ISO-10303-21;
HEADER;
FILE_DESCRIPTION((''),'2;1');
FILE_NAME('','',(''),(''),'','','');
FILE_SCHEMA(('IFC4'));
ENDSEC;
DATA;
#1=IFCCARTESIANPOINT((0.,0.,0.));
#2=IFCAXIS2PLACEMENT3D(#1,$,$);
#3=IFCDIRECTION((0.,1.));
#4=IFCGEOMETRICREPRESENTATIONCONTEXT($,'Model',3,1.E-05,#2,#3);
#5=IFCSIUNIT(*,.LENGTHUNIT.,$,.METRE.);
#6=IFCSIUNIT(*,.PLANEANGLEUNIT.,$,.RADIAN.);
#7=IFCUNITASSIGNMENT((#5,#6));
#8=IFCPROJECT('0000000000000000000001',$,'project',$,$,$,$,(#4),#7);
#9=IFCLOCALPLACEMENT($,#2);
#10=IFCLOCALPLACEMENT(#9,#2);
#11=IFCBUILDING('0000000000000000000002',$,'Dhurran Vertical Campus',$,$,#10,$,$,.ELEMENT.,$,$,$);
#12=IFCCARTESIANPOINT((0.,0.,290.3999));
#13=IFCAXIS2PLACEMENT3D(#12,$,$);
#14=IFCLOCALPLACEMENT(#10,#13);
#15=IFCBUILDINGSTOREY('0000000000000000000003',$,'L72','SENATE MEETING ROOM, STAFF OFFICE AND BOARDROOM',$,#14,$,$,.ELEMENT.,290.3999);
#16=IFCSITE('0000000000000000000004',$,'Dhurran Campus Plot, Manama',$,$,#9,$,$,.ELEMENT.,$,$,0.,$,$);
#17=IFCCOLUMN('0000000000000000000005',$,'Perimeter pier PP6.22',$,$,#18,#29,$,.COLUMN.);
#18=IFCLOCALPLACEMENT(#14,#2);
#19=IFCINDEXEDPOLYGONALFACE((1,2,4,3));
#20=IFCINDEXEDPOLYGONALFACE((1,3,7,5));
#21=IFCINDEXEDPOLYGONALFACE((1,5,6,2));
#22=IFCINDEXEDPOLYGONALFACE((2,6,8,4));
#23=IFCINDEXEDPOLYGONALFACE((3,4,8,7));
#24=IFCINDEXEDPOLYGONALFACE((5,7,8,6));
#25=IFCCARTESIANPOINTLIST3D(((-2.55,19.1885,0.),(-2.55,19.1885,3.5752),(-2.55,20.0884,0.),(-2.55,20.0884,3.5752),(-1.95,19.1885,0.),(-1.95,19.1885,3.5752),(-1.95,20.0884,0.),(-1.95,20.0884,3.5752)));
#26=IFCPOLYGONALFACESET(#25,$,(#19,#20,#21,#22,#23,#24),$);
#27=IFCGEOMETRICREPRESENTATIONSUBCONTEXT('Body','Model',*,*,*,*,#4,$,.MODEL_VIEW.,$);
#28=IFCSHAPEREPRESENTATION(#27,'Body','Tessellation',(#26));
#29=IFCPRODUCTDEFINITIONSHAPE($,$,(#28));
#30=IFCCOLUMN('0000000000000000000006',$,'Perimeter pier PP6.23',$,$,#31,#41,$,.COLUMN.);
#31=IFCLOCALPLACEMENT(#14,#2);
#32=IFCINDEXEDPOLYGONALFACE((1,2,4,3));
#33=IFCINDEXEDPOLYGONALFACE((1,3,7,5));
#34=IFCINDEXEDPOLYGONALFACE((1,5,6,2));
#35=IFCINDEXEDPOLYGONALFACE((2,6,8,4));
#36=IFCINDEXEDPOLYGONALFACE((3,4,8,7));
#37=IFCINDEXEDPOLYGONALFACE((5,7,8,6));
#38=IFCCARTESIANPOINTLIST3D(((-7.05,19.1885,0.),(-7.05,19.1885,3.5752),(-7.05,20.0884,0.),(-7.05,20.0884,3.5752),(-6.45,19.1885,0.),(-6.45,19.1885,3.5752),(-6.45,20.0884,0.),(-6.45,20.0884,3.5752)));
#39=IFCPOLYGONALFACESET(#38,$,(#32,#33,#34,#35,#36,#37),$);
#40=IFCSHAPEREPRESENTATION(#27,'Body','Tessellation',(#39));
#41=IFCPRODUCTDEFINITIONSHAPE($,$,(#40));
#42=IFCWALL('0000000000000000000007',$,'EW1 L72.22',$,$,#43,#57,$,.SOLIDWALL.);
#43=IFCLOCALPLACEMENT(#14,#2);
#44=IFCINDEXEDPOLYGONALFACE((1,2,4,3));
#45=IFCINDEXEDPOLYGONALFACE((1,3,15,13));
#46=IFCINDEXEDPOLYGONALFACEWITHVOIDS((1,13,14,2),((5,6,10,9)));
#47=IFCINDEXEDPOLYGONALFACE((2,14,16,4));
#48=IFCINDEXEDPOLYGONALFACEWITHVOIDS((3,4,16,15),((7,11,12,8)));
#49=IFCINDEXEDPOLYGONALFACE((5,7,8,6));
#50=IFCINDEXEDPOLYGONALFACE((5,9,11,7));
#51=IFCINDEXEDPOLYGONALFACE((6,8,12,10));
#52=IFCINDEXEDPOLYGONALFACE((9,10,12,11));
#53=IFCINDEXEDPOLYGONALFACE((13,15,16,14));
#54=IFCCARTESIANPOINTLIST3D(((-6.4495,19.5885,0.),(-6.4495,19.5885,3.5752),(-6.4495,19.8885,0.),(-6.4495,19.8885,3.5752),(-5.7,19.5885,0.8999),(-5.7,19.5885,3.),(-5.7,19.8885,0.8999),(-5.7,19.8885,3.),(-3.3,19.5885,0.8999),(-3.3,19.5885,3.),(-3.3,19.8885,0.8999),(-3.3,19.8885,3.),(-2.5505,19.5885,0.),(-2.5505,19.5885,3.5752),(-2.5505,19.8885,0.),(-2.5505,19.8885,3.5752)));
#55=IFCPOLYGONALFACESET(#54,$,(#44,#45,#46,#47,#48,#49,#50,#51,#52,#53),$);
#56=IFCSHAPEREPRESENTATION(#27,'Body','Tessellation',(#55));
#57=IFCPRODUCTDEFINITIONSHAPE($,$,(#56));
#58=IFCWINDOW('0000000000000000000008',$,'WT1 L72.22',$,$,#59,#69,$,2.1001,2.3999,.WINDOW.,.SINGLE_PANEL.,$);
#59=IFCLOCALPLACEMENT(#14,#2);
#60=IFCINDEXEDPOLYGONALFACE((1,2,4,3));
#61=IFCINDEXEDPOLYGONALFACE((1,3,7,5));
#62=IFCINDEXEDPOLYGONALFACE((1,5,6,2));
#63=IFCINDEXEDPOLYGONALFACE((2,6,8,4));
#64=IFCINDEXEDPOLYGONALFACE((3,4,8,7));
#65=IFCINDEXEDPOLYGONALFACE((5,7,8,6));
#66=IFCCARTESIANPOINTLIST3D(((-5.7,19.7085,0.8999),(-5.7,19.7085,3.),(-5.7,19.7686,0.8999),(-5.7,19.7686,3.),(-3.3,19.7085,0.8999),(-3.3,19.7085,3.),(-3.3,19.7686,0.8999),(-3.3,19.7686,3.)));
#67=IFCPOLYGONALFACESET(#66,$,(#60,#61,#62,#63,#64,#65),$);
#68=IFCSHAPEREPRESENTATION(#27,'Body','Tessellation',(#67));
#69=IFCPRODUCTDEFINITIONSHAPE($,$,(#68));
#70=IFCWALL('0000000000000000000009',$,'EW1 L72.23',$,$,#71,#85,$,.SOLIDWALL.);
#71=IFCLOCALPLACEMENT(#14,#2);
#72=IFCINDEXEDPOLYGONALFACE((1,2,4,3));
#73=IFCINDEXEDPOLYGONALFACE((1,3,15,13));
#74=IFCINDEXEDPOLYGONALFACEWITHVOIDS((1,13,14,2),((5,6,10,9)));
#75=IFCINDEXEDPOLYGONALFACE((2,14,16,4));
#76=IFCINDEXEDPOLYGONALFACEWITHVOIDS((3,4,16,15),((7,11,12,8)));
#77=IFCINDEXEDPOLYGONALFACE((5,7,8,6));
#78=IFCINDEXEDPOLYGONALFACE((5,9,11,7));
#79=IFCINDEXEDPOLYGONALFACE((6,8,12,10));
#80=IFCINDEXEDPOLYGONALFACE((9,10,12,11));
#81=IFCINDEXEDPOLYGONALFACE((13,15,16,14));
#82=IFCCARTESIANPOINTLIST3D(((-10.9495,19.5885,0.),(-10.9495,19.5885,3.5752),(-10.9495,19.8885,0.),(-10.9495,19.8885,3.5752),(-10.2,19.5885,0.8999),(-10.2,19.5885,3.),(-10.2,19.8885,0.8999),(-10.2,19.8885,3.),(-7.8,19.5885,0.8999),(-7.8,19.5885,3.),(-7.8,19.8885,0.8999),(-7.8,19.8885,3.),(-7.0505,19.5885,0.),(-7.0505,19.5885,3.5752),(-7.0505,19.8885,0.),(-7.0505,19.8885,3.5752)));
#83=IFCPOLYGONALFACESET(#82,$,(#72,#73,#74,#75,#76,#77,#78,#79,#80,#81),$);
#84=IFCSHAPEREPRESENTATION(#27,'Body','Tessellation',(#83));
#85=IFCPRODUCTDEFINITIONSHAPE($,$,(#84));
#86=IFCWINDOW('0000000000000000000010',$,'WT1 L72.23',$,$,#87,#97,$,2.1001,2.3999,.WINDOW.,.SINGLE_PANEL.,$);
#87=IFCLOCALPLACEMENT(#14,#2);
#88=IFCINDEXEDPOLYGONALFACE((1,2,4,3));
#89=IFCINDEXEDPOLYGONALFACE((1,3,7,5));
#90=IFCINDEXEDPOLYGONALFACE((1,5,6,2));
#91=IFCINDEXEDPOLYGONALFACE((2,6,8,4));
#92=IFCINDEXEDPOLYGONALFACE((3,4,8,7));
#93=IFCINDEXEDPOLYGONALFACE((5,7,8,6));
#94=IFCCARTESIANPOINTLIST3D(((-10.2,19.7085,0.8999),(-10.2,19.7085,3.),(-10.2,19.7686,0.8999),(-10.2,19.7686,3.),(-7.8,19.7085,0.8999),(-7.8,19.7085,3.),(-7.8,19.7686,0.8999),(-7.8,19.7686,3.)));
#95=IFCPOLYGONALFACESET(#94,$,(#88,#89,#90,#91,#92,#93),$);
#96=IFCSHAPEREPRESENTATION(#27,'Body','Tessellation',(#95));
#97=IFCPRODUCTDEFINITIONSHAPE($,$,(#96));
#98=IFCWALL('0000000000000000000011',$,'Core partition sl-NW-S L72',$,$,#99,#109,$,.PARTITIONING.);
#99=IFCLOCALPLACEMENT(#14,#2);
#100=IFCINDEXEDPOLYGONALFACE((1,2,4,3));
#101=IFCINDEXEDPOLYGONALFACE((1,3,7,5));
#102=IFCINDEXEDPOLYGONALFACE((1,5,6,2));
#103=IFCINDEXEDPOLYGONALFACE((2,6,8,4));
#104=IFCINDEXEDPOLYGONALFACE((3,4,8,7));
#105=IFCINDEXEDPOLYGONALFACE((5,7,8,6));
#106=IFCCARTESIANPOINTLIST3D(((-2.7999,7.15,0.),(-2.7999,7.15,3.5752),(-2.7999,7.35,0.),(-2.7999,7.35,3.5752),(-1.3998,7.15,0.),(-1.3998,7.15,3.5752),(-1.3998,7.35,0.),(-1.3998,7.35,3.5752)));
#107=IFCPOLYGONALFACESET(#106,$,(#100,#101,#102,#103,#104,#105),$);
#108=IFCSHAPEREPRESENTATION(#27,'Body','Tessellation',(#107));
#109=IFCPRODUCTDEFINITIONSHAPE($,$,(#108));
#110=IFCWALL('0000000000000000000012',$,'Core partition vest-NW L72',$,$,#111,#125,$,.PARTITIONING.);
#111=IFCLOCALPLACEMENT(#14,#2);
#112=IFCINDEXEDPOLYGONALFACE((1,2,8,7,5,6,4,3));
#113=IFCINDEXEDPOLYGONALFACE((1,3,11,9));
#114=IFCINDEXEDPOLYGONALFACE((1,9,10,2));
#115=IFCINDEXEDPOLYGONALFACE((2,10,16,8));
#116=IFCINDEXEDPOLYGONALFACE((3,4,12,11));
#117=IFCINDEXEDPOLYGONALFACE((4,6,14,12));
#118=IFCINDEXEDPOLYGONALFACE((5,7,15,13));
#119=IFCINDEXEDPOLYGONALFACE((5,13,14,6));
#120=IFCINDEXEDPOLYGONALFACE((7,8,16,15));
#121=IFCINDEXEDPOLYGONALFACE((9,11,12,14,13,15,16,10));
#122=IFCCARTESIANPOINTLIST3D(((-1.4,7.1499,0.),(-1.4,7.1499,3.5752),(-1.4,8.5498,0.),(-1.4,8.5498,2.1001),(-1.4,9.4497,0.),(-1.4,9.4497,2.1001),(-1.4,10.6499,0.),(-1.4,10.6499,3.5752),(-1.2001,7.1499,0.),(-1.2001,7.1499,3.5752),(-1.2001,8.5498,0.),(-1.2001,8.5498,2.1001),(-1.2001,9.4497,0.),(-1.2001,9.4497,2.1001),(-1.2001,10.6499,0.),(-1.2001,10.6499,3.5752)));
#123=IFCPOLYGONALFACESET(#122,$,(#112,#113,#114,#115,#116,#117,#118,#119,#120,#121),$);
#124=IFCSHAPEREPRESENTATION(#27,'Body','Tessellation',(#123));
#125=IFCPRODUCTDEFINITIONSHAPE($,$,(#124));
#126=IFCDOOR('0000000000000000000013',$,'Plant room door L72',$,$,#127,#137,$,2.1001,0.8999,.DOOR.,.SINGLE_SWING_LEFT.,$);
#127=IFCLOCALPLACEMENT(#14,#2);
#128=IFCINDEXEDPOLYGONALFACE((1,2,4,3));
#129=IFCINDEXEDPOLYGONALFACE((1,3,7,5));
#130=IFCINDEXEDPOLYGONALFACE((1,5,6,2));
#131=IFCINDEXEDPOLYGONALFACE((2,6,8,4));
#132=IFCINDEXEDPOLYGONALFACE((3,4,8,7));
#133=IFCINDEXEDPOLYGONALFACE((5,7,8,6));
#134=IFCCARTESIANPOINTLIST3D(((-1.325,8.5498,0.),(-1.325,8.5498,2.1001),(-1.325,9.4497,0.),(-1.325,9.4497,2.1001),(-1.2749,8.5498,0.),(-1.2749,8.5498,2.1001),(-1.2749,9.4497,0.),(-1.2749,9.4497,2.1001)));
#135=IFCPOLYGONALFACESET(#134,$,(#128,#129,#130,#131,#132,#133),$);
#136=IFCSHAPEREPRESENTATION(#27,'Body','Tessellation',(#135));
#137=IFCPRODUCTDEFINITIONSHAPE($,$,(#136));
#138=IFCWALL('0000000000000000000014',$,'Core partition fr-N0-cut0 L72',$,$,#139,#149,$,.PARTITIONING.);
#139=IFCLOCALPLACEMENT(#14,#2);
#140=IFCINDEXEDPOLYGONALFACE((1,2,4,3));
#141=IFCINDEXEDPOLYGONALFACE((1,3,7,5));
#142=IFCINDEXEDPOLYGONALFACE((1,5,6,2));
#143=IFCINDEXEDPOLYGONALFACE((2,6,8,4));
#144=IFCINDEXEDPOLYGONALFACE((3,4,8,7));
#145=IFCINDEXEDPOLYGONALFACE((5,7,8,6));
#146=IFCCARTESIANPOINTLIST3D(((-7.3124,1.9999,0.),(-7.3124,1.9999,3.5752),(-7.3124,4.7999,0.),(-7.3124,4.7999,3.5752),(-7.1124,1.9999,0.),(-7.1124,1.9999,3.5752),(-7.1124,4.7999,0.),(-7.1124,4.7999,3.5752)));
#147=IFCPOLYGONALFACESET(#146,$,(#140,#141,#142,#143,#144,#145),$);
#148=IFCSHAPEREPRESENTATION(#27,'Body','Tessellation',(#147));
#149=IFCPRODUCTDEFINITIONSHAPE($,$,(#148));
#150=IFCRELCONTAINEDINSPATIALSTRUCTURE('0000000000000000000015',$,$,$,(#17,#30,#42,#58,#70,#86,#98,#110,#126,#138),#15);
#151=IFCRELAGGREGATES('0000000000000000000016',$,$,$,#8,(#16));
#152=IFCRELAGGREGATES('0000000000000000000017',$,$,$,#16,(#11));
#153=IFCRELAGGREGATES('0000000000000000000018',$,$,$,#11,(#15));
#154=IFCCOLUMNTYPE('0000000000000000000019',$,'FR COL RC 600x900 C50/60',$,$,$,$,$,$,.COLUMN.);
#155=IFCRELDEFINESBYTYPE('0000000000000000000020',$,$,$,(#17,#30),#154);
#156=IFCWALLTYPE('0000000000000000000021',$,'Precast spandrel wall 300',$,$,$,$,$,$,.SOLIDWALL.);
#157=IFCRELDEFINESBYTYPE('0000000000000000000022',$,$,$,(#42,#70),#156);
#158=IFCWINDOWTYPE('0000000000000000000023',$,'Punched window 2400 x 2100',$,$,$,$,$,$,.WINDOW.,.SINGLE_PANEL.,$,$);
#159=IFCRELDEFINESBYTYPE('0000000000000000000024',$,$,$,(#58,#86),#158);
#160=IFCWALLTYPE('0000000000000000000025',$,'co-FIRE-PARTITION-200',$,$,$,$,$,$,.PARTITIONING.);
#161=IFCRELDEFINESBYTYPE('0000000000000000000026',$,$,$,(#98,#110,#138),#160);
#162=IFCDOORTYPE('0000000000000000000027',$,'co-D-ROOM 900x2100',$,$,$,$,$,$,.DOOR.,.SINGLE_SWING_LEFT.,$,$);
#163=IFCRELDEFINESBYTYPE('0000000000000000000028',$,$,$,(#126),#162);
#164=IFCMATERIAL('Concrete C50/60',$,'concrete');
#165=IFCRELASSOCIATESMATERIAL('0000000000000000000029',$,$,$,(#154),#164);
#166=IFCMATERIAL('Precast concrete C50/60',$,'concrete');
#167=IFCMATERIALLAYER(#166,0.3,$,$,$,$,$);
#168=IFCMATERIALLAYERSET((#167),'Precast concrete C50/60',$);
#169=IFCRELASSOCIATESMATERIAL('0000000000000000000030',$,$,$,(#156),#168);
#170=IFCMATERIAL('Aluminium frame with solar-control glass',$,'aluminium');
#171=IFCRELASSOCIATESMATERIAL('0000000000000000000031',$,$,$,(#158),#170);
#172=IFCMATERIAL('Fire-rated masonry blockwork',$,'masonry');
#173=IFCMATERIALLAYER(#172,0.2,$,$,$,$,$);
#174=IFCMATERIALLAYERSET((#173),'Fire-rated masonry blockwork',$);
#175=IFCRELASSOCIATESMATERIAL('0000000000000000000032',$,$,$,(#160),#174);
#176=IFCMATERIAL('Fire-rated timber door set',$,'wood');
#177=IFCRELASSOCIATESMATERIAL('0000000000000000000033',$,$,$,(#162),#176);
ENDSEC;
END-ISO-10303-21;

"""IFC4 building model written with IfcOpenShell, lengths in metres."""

from ifc_helpers import new_model, si_unit, direction, frame, frame_2d, origin, origin_2d, place, context, subcontext, project, spatial, rectangle, extrude, material, layer, layer_set, material_profile, profile_set, type_object, element, fill, save


model = new_model("IFC4")

# Units and contexts
model_context = context("Model", 3, precision=1e-05, world=origin(), true_north=direction((0.0, 1.0)))
body_context = subcontext(model_context, "Body", "Model", "MODEL_VIEW")
ifc_project = project(units=[si_unit("LENGTHUNIT", "METRE"), si_unit("PLANEANGLEUNIT", "RADIAN")], contexts=[model_context])

# Site, building, storey
site_placement = place(None, origin())
site = spatial("IfcSite", under=ifc_project, at=site_placement, Name="Dhurran Campus Plot, Manama", CompositionType="ELEMENT", RefElevation=0.0)
building_placement = place(site_placement, origin())
building = spatial("IfcBuilding", under=site, at=building_placement, Name="Dhurran Vertical Campus", CompositionType="ELEMENT")
storey_placement = place(building_placement, frame((0.0, 0.0, 290.3999)))
storey = spatial("IfcBuildingStorey", under=building, at=storey_placement, Name="L72", Description="SENATE MEETING ROOM, STAFF OFFICE AND BOARDROOM", CompositionType="ELEMENT", Elevation=290.3999)

# Columns
ifc_material_1 = material(Name="Concrete C50/60", Category="concrete")
ifc_material_profile = material_profile(ifc_material_1, rectangle(XDim=0.6001, YDim=0.8999, at=origin_2d()), Name="RC 600x900")
ifc_profile_set = profile_set([ifc_material_profile], Name="Concrete C50/60")
column_type = type_object("IfcColumnType", Name="FR COL RC 600x900 C50/60", PredefinedType="COLUMN", material=ifc_profile_set)
for number, where, z_axis, x_axis, name in (
    (1, (-2.25, 19.6384, 0.0), (0.0, 0.0, 1.0), (-1.0, 0.0, 0.0), "Perimeter pier PP6.22"),
    (2, (-6.75, 19.6384, 0.0), (0.0, 0.0, 1.0), (-1.0, 0.0, 0.0), "Perimeter pier PP6.23"),
):
    element("IfcColumn", number, at=place(storey_placement, frame(where, z_axis=z_axis, x_axis=x_axis)), inside=storey, type_object=column_type, Name=name, PredefinedType="COLUMN", context=body_context, shape_type="SweptSolid", body=[
        extrude(rectangle(XDim=0.6001, YDim=0.8999, at=origin_2d()), origin(), (0.0, 0.0, 1.0), 3.5752),
    ])

# Walls, openings, windows
ifc_material_2 = material(Name="Precast concrete C50/60", Category="concrete")
ifc_layer_1 = layer(ifc_material_2, 0.3)
ifc_layer_set_1 = layer_set([ifc_layer_1], Name="Precast concrete C50/60")
wall_type_1 = type_object("IfcWallType", Name="Precast spandrel wall 300", PredefinedType="SOLIDWALL", material=ifc_layer_set_1)
wall_1_placement = place(storey_placement, frame((-2.5505, 19.7385, 0.0), z_axis=(0.0, 0.0, 1.0), x_axis=(-1.0, 0.0, 0.0)))
wall_1 = element("IfcWall", 3, at=wall_1_placement, inside=storey, type_object=wall_type_1, Name="EW1 L72.22", PredefinedType="SOLIDWALL", context=body_context, shape_type="SweptSolid", body=[
    extrude(rectangle(XDim=3.8989, YDim=0.3, at=frame_2d((1.9495, 0.0))), origin(), (0.0, 0.0, 1.0), 3.5752),
])
opening_1_placement = place(wall_1_placement, frame((0.7495, 0.0, 0.8999)))
opening_1 = element("IfcOpeningElement", 4, at=opening_1_placement, cuts=wall_1, PredefinedType="OPENING", context=body_context, shape_type="SweptSolid", body=[
    extrude(rectangle(XDim=2.3999, YDim=2.1001, at=frame_2d((1.2, 1.05))), frame((0.0, 0.1599, 0.0), z_axis=(0.0, -1.0, 0.0), x_axis=(1.0, 0.0, 0.0)), (0.0, 0.0, 1.0), 0.3201),
])
ifc_material_3 = material(Name="Aluminium frame with solar-control glass", Category="aluminium")
window_type = type_object("IfcWindowType", Name="Punched window 2400 x 2100", PartitioningType="SINGLE_PANEL", PredefinedType="WINDOW", material=ifc_material_3)
window_1_placement = place(opening_1_placement, origin())
window_1 = element("IfcWindow", 5, at=window_1_placement, inside=storey, type_object=window_type, Name="WT1 L72.22", OverallHeight=2.1001, OverallWidth=2.3999, PartitioningType="SINGLE_PANEL", PredefinedType="WINDOW", context=body_context, shape_type="SweptSolid", body=[
    extrude(rectangle(XDim=2.3999, YDim=2.1001, at=frame_2d((1.2, 1.05))), frame((0.0, 0.03, 0.0), z_axis=(0.0, -1.0, 0.0), x_axis=(1.0, 0.0, 0.0)), (0.0, 0.0, 1.0), 0.0601),
])
fill(opening_1, window_1)
wall_2_placement = place(storey_placement, frame((-7.0505, 19.7385, 0.0), z_axis=(0.0, 0.0, 1.0), x_axis=(-1.0, 0.0, 0.0)))
wall_2 = element("IfcWall", 6, at=wall_2_placement, inside=storey, type_object=wall_type_1, Name="EW1 L72.23", PredefinedType="SOLIDWALL", context=body_context, shape_type="SweptSolid", body=[
    extrude(rectangle(XDim=3.8989, YDim=0.3, at=frame_2d((1.9495, 0.0))), origin(), (0.0, 0.0, 1.0), 3.5752),
])
opening_2_placement = place(wall_2_placement, frame((0.7495, 0.0, 0.8999)))
opening_2 = element("IfcOpeningElement", 7, at=opening_2_placement, cuts=wall_2, PredefinedType="OPENING", context=body_context, shape_type="SweptSolid", body=[
    extrude(rectangle(XDim=2.3999, YDim=2.1001, at=frame_2d((1.2, 1.05))), frame((0.0, 0.1599, 0.0), z_axis=(0.0, -1.0, 0.0), x_axis=(1.0, 0.0, 0.0)), (0.0, 0.0, 1.0), 0.3201),
])
window_2_placement = place(opening_2_placement, origin())
window_2 = element("IfcWindow", 8, at=window_2_placement, inside=storey, type_object=window_type, Name="WT1 L72.23", OverallHeight=2.1001, OverallWidth=2.3999, PartitioningType="SINGLE_PANEL", PredefinedType="WINDOW", context=body_context, shape_type="SweptSolid", body=[
    extrude(rectangle(XDim=2.3999, YDim=2.1001, at=frame_2d((1.2, 1.05))), frame((0.0, 0.03, 0.0), z_axis=(0.0, -1.0, 0.0), x_axis=(1.0, 0.0, 0.0)), (0.0, 0.0, 1.0), 0.0601),
])
fill(opening_2, window_2)

# Wall
ifc_material_4 = material(Name="Fire-rated masonry blockwork", Category="masonry")
ifc_layer_2 = layer(ifc_material_4, 0.2)
ifc_layer_set_2 = layer_set([ifc_layer_2], Name="Fire-rated masonry blockwork")
wall_type_2 = type_object("IfcWallType", Name="co-FIRE-PARTITION-200", PredefinedType="PARTITIONING", material=ifc_layer_set_2)
wall_3_placement = place(storey_placement, frame((-2.8, 7.25, 0.0), z_axis=(0.0, 0.0, 1.0), x_axis=(1.0, 0.0, 0.0)))
element("IfcWall", 9, at=wall_3_placement, inside=storey, type_object=wall_type_2, Name="Core partition sl-NW-S L72", PredefinedType="PARTITIONING", context=body_context, shape_type="SweptSolid", body=[
    extrude(rectangle(XDim=1.4001, YDim=0.2, at=frame_2d((0.7002, 0.0))), origin(), (0.0, 0.0, 1.0), 3.5752),
])

# Wall, opening, door
wall_4_placement = place(storey_placement, frame((-1.3, 7.1499, 0.0), z_axis=(0.0, 0.0, 1.0), x_axis=(0.0, 1.0, 0.0)))
wall_4 = element("IfcWall", 10, at=wall_4_placement, inside=storey, type_object=wall_type_2, Name="Core partition vest-NW L72", PredefinedType="PARTITIONING", context=body_context, shape_type="SweptSolid", body=[
    extrude(rectangle(XDim=3.5, YDim=0.2, at=frame_2d((1.75, 0.0))), origin(), (0.0, 0.0, 1.0), 3.5752),
])
opening_3_placement = place(wall_4_placement, frame((1.3999, 0.0, 0.0)))
opening_3 = element("IfcOpeningElement", 11, at=opening_3_placement, cuts=wall_4, PredefinedType="OPENING", context=body_context, shape_type="SweptSolid", body=[
    extrude(rectangle(XDim=0.8999, YDim=2.1001, at=frame_2d((0.45, 1.05))), frame((0.0, 0.1099, 0.0), z_axis=(0.0, -1.0, 0.0), x_axis=(1.0, 0.0, 0.0)), (0.0, 0.0, 1.0), 0.22),
])
ifc_material_5 = material(Name="Fire-rated timber door set", Category="wood")
door_type_1 = type_object("IfcDoorType", Name="co-D-ROOM 900x2100", OperationType="SINGLE_SWING_LEFT", PredefinedType="DOOR", material=ifc_material_5)
door_1_placement = place(opening_3_placement, origin())
door_1 = element("IfcDoor", 12, at=door_1_placement, inside=storey, type_object=door_type_1, Name="Plant room door L72", OperationType="SINGLE_SWING_LEFT", OverallHeight=2.1001, OverallWidth=0.8999, PredefinedType="DOOR", context=body_context, shape_type="SweptSolid", body=[
    extrude(rectangle(XDim=0.8999, YDim=2.1001, at=frame_2d((0.45, 1.05))), frame((0.0, 0.0249, 0.0), z_axis=(0.0, -1.0, 0.0), x_axis=(1.0, 0.0, 0.0)), (0.0, 0.0, 1.0), 0.05),
])
fill(opening_3, door_1)

# Wall
wall_5_placement = place(storey_placement, frame((-7.2124, 2.0, 0.0), z_axis=(0.0, 0.0, 1.0), x_axis=(0.0, 1.0, 0.0)))
element("IfcWall", 13, at=wall_5_placement, inside=storey, type_object=wall_type_2, Name="Core partition fr-N0-cut0 L72", PredefinedType="PARTITIONING", context=body_context, shape_type="SweptSolid", body=[
    extrude(rectangle(XDim=2.8, YDim=0.2, at=frame_2d((1.3999, 0.0))), origin(), (0.0, 0.0, 1.0), 3.5752),
])

save(model, "model.ifc")
